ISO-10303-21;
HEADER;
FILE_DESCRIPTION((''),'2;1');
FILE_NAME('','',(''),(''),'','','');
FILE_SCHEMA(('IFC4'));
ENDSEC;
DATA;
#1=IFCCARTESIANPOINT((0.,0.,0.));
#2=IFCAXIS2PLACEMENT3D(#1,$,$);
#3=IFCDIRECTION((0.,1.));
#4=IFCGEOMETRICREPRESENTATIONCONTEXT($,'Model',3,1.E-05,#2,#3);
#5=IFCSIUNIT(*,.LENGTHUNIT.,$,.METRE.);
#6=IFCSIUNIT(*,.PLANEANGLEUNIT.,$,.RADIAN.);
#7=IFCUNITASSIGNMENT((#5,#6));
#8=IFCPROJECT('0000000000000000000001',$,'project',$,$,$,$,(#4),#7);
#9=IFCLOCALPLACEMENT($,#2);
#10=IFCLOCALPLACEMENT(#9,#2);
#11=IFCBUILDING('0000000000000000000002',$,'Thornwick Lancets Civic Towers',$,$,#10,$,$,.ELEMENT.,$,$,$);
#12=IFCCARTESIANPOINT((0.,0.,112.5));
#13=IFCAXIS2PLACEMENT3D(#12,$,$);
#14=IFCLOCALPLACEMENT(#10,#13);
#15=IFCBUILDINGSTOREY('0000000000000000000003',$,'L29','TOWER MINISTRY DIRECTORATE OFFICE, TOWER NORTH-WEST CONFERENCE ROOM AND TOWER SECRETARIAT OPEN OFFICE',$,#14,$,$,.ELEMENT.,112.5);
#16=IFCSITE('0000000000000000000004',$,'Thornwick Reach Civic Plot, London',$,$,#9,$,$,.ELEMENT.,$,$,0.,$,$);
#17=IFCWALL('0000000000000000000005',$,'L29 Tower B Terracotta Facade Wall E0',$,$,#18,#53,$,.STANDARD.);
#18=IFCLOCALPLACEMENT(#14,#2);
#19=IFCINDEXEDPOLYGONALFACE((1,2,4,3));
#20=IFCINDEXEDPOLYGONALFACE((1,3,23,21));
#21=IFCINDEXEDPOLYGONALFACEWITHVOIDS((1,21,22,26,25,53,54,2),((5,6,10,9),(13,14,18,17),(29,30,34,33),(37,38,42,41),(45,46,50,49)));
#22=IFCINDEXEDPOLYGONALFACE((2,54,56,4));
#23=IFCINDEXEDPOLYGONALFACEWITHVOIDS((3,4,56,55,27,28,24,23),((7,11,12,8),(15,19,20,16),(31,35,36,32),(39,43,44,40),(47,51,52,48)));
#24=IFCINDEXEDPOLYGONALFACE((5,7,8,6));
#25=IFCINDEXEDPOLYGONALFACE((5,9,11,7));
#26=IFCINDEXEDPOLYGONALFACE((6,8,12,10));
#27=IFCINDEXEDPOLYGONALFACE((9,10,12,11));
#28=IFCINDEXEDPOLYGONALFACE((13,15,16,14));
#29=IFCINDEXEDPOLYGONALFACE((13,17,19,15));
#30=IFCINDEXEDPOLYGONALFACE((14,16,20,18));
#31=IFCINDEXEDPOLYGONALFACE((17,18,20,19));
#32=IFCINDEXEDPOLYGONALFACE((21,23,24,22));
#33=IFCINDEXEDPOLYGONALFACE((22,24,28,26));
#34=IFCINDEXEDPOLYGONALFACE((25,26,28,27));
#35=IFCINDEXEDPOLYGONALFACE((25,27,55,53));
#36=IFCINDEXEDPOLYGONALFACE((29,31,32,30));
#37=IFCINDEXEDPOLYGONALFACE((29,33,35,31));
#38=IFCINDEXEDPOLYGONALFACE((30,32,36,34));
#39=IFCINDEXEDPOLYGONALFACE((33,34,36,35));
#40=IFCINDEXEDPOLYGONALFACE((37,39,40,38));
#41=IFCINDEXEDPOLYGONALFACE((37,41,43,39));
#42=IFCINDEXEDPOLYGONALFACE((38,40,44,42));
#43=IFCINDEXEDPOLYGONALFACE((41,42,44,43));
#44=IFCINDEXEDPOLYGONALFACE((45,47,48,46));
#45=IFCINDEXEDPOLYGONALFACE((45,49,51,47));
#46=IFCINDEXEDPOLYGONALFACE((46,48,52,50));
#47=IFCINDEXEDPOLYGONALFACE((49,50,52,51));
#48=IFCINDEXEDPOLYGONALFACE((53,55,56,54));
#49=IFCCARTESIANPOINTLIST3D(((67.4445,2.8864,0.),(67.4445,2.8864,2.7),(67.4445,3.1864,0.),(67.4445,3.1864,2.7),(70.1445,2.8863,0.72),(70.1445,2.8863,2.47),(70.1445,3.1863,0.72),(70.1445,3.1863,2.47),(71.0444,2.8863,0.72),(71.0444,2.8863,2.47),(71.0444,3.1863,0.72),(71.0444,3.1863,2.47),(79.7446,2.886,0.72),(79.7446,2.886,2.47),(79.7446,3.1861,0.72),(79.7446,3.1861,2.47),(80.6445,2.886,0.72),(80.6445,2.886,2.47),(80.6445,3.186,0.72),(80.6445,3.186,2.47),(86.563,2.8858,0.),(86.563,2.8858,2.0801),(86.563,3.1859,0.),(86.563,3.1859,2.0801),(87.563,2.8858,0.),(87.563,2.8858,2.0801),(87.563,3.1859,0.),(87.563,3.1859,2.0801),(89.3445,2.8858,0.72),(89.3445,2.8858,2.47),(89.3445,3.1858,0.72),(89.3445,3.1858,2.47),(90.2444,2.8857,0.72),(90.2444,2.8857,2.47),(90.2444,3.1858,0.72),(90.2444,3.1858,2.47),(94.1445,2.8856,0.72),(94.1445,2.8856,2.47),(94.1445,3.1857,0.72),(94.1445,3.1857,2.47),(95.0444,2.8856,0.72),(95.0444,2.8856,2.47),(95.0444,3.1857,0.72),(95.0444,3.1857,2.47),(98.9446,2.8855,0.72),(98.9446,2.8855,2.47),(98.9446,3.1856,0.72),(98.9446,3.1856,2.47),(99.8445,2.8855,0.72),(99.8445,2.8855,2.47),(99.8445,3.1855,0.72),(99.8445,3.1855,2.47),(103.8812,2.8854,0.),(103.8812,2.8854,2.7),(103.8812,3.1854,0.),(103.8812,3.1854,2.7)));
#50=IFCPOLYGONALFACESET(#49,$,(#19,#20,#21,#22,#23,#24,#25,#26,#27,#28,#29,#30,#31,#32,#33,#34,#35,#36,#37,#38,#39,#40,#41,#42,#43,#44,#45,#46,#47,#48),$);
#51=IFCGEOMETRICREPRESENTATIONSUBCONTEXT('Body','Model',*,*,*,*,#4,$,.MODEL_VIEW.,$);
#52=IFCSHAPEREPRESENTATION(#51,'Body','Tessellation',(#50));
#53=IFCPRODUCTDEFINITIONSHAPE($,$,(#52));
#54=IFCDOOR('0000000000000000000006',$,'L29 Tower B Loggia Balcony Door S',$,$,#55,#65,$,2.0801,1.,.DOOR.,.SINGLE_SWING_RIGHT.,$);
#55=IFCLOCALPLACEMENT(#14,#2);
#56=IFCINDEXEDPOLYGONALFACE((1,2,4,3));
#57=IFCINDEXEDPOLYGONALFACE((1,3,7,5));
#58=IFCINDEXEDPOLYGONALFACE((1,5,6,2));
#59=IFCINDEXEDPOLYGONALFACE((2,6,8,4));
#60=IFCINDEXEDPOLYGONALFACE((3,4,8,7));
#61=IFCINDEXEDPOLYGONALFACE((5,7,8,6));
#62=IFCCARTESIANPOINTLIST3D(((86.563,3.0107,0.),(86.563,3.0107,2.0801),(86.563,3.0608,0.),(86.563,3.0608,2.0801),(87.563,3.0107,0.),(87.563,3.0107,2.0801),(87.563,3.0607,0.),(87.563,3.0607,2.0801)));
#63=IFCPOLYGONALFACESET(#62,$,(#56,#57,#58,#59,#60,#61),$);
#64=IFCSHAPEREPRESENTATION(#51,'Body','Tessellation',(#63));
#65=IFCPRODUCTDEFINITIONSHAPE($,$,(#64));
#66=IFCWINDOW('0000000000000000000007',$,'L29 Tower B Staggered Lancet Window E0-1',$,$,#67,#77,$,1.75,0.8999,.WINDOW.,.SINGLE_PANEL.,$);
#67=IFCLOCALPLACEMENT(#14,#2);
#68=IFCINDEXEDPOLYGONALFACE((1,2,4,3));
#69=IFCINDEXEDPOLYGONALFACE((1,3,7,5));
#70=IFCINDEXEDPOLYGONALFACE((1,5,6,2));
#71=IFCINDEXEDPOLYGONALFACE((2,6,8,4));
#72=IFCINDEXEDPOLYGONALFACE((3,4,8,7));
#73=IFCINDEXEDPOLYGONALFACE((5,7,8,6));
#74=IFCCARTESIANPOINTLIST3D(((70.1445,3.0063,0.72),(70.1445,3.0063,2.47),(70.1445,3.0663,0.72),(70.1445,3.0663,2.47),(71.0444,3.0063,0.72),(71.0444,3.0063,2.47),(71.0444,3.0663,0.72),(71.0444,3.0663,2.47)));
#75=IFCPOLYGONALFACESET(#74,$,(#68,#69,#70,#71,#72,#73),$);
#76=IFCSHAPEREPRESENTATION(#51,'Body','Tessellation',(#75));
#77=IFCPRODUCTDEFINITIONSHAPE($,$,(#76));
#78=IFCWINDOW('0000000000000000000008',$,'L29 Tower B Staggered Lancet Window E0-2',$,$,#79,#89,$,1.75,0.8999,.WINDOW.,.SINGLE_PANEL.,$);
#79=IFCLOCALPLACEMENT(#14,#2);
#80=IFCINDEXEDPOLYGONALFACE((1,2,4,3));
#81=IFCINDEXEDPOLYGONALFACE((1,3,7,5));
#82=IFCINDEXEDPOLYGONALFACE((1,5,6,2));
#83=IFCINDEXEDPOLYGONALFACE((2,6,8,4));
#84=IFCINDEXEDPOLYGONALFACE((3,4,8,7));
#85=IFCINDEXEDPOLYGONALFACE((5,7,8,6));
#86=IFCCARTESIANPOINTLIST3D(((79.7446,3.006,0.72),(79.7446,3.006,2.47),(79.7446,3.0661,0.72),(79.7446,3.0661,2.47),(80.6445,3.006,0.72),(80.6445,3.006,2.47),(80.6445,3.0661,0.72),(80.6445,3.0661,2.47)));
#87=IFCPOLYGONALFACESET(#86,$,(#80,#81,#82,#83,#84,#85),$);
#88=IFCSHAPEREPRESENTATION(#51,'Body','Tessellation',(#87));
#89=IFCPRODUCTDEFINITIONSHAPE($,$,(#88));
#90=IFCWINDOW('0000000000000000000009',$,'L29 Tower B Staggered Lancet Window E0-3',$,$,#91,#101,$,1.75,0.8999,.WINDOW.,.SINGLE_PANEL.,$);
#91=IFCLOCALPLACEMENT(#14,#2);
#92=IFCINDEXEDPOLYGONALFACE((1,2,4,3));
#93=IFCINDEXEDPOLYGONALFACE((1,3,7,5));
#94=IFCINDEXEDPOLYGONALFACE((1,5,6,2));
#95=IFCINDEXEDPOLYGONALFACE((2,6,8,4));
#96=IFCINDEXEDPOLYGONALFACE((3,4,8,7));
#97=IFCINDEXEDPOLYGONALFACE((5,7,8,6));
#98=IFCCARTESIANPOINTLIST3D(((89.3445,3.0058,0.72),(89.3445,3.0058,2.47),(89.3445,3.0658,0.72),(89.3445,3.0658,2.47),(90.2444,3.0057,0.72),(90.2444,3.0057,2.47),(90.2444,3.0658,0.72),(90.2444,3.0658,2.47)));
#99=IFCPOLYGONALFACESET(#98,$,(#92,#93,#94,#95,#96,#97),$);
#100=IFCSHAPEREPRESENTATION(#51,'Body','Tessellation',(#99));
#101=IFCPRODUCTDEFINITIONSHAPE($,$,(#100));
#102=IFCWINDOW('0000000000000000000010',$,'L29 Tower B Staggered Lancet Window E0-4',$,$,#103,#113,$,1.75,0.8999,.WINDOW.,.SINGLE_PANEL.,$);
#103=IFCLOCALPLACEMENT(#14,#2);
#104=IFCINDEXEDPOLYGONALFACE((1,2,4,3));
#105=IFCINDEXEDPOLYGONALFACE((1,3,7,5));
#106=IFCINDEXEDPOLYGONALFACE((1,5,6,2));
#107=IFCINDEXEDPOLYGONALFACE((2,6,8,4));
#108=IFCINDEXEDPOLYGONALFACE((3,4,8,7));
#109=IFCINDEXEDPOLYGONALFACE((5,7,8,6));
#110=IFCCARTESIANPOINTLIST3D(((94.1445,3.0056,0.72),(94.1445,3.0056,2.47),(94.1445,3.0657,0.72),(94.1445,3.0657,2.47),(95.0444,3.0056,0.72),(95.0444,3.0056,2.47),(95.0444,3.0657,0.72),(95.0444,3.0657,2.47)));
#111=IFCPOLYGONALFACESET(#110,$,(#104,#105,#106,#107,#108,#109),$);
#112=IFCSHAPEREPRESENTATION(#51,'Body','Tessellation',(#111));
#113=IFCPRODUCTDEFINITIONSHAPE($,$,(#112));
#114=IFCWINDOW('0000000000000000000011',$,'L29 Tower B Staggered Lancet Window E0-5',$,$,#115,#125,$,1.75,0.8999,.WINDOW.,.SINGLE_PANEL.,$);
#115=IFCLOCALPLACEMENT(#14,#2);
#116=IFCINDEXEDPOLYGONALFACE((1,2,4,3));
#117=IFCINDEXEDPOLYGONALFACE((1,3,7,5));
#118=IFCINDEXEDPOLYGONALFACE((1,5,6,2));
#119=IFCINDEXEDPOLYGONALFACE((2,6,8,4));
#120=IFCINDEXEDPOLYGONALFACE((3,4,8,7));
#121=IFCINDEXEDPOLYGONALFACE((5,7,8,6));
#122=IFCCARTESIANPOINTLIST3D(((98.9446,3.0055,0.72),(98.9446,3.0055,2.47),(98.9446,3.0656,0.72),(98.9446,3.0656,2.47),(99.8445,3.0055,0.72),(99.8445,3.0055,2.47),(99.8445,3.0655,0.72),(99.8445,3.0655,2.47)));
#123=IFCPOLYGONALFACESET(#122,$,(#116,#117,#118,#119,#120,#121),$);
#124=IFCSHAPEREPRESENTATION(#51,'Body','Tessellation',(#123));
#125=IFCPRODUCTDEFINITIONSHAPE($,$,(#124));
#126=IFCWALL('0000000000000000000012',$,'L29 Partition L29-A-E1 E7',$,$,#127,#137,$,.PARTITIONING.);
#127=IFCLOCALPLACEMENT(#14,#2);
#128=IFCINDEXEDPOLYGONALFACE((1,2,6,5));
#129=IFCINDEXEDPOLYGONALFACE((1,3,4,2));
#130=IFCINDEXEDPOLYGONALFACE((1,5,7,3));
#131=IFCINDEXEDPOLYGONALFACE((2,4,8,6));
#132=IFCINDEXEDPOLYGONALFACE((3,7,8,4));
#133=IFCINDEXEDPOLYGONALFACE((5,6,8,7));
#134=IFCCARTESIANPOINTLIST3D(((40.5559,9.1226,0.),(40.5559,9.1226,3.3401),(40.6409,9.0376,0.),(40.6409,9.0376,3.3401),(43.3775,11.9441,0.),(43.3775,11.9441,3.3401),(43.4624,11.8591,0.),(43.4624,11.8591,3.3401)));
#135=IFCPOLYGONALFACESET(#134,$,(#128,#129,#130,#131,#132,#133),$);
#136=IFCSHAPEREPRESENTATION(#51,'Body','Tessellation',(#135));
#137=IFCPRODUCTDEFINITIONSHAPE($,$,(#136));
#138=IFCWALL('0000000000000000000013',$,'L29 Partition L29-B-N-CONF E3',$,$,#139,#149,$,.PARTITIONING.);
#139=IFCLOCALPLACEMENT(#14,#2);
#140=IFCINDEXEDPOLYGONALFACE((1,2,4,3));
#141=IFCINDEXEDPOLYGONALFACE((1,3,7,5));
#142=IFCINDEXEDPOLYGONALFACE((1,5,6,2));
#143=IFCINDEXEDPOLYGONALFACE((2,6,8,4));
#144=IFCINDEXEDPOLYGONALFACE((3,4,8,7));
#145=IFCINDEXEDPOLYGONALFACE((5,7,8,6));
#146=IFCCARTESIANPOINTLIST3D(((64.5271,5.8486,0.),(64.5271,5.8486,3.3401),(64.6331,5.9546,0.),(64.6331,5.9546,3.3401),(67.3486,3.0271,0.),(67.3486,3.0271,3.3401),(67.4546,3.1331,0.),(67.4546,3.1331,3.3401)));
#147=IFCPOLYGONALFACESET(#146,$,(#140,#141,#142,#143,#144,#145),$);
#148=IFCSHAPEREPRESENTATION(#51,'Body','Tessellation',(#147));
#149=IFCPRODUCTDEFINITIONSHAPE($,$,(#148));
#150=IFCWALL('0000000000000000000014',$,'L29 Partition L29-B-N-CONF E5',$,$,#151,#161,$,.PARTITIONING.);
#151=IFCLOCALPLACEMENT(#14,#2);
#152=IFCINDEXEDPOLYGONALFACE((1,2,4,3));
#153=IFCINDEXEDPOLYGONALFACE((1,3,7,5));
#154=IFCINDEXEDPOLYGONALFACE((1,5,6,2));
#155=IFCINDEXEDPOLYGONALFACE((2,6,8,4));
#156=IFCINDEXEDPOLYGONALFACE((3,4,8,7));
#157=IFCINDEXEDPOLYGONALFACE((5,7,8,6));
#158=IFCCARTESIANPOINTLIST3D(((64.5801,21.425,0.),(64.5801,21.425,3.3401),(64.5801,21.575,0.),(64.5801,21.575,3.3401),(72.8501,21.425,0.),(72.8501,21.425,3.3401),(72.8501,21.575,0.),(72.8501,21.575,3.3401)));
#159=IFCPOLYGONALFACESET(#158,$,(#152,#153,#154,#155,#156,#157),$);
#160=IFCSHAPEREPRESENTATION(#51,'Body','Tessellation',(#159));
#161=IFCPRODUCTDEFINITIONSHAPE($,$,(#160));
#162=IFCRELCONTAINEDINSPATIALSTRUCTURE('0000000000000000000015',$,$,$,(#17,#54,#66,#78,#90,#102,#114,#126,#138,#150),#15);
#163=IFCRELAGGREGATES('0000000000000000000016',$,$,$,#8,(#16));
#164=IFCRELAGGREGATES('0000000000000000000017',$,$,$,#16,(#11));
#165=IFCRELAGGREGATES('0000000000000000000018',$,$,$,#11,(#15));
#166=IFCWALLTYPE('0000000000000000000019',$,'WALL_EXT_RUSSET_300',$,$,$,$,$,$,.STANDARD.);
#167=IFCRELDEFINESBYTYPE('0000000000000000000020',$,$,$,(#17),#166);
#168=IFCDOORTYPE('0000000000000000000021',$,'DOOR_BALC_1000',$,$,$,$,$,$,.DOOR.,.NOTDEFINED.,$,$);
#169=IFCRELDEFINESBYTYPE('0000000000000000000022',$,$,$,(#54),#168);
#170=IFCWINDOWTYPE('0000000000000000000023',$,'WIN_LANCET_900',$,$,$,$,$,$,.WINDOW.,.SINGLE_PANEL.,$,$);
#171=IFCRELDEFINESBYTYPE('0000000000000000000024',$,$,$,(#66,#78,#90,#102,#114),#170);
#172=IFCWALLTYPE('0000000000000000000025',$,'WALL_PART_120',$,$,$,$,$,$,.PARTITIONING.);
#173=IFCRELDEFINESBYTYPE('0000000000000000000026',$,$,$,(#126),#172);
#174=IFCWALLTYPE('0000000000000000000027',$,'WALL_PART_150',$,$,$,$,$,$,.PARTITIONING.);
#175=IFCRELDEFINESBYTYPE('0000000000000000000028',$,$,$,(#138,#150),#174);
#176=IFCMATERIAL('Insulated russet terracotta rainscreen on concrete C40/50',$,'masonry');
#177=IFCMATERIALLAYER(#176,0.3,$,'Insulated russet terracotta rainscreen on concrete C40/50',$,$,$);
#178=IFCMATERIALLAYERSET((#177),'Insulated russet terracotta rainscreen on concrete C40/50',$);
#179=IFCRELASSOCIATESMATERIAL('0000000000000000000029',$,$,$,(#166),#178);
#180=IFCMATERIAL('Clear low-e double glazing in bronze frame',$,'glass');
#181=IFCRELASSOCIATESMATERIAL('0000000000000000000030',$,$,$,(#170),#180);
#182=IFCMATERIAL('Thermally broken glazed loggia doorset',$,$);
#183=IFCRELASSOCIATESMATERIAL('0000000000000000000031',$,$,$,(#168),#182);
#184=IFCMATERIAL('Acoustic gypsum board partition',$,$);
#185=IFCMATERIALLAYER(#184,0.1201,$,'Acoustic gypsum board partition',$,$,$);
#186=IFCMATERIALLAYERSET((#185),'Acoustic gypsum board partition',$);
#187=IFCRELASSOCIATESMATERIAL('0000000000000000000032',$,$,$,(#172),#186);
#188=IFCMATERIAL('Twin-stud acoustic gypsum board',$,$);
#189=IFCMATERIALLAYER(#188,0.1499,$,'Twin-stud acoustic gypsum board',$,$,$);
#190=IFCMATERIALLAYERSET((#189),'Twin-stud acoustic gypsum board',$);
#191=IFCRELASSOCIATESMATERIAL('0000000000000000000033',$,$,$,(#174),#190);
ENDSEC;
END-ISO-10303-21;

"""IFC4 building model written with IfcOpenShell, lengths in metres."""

from ifc_helpers import new_model, si_unit, direction, frame, frame_2d, origin, place, context, subcontext, project, spatial, rectangle, extrude, material, layer, layer_set, type_object, element, fill, save


model = new_model("IFC4")

# Units and contexts
model_context = context("Model", 3, precision=1e-05, world=origin(), true_north=direction((0.0, 1.0)))
body_context = subcontext(model_context, "Body", "Model", "MODEL_VIEW")
ifc_project = project(units=[si_unit("LENGTHUNIT", "METRE"), si_unit("PLANEANGLEUNIT", "RADIAN")], contexts=[model_context])

# Site, building, storey
site_placement = place(None, origin())
site = spatial("IfcSite", under=ifc_project, at=site_placement, Name="Thornwick Reach Civic Plot, London", CompositionType="ELEMENT", RefElevation=0.0)
building_placement = place(site_placement, origin())
building = spatial("IfcBuilding", under=site, at=building_placement, Name="Thornwick Lancets Civic Towers", CompositionType="ELEMENT")
storey_placement = place(building_placement, frame((0.0, 0.0, 112.5)))
storey = spatial("IfcBuildingStorey", under=building, at=storey_placement, Name="L29", Description="TOWER MINISTRY DIRECTORATE OFFICE, TOWER NORTH-WEST CONFERENCE ROOM AND TOWER SECRETARIAT OPEN OFFICE", CompositionType="ELEMENT", Elevation=112.5)

# Shared definitions
ifc_material_1 = material(Name="Insulated russet terracotta rainscreen on concrete C40/50", Category="masonry")
ifc_layer_1 = layer(ifc_material_1, 0.3, Name="Insulated russet terracotta rainscreen on concrete C40/50")
ifc_layer_set_1 = layer_set([ifc_layer_1], Name="Insulated russet terracotta rainscreen on concrete C40/50")
wall_type_1 = type_object("IfcWallType", Name="WALL_EXT_RUSSET_300", PredefinedType="STANDARD", material=ifc_layer_set_1)
ifc_material_2 = material(Name="Clear low-e double glazing in bronze frame", Category="glass")
window_type = type_object("IfcWindowType", Name="WIN_LANCET_900", PartitioningType="SINGLE_PANEL", PredefinedType="WINDOW", material=ifc_material_2)

# Wall, openings, door, windows
wall_1_placement = place(storey_placement, frame((67.4446, 3.0364, 0.0), z_axis=(0.0, 0.0, 1.0), x_axis=(1.0, -0.000027, 0.0)))
wall_1 = element("IfcWall", 1, at=wall_1_placement, inside=storey, type_object=wall_type_1, Name="L29 Tower B Terracotta Facade Wall E0", PredefinedType="STANDARD", context=body_context, shape_type="SweptSolid", body=[
    extrude(rectangle(XDim=36.4368, YDim=0.3, at=frame_2d((18.2183, 0.0))), origin(), (0.0, 0.0, 1.0), 2.7),
])
opening_1_placement = place(wall_1_placement, frame((19.1184, 0.0, 0.0)))
opening_1 = element("IfcOpeningElement", 2, at=opening_1_placement, cuts=wall_1, PredefinedType="OPENING", context=body_context, shape_type="SweptSolid", body=[
    extrude(rectangle(XDim=1.0, YDim=2.0801, at=frame_2d((0.5, 1.04))), frame((0.0, 0.1602, 0.0), z_axis=(0.0, -1.0, 0.0), x_axis=(1.0, 0.0, 0.0)), (0.0, 0.0, 1.0), 0.3201),
])
opening_2_placement = place(wall_1_placement, frame((2.7, 0.0, 0.72)))
opening_2 = element("IfcOpeningElement", 3, at=opening_2_placement, cuts=wall_1, PredefinedType="OPENING", context=body_context, shape_type="SweptSolid", body=[
    extrude(rectangle(XDim=0.8999, YDim=1.75, at=frame_2d((0.45, 0.875))), frame((0.0, 0.1602, 0.0), z_axis=(0.0, -1.0, 0.0), x_axis=(1.0, 0.0, 0.0)), (0.0, 0.0, 1.0), 0.3201),
])
opening_3_placement = place(wall_1_placement, frame((12.3, 0.0, 0.72)))
opening_3 = element("IfcOpeningElement", 4, at=opening_3_placement, cuts=wall_1, PredefinedType="OPENING", context=body_context, shape_type="SweptSolid", body=[
    extrude(rectangle(XDim=0.8999, YDim=1.75, at=frame_2d((0.45, 0.875))), frame((0.0, 0.1602, 0.0), z_axis=(0.0, -1.0, 0.0), x_axis=(1.0, 0.0, 0.0)), (0.0, 0.0, 1.0), 0.3201),
])
opening_4_placement = place(wall_1_placement, frame((21.8999, 0.0, 0.72)))
opening_4 = element("IfcOpeningElement", 5, at=opening_4_placement, cuts=wall_1, PredefinedType="OPENING", context=body_context, shape_type="SweptSolid", body=[
    extrude(rectangle(XDim=0.8999, YDim=1.75, at=frame_2d((0.45, 0.875))), frame((0.0, 0.1602, 0.0), z_axis=(0.0, -1.0, 0.0), x_axis=(1.0, 0.0, 0.0)), (0.0, 0.0, 1.0), 0.3201),
])
opening_5_placement = place(wall_1_placement, frame((26.7, 0.0, 0.72)))
opening_5 = element("IfcOpeningElement", 6, at=opening_5_placement, cuts=wall_1, PredefinedType="OPENING", context=body_context, shape_type="SweptSolid", body=[
    extrude(rectangle(XDim=0.8999, YDim=1.75, at=frame_2d((0.45, 0.875))), frame((0.0, 0.1602, 0.0), z_axis=(0.0, -1.0, 0.0), x_axis=(1.0, 0.0, 0.0)), (0.0, 0.0, 1.0), 0.3201),
])
opening_6_placement = place(wall_1_placement, frame((31.5, 0.0, 0.72)))
opening_6 = element("IfcOpeningElement", 7, at=opening_6_placement, cuts=wall_1, PredefinedType="OPENING", context=body_context, shape_type="SweptSolid", body=[
    extrude(rectangle(XDim=0.8999, YDim=1.75, at=frame_2d((0.45, 0.875))), frame((0.0, 0.1602, 0.0), z_axis=(0.0, -1.0, 0.0), x_axis=(1.0, 0.0, 0.0)), (0.0, 0.0, 1.0), 0.3201),
])
ifc_material_3 = material(Name="Thermally broken glazed loggia doorset")
door_type = type_object("IfcDoorType", Name="DOOR_BALC_1000", OperationType="NOTDEFINED", PredefinedType="DOOR", material=ifc_material_3)
door_placement = place(opening_1_placement, origin())
door = element("IfcDoor", 8, at=door_placement, inside=storey, type_object=door_type, Name="L29 Tower B Loggia Balcony Door S", OperationType="SINGLE_SWING_RIGHT", OverallHeight=2.0801, OverallWidth=1.0, PredefinedType="DOOR", context=body_context, shape_type="SweptSolid", body=[
    extrude(rectangle(XDim=1.0, YDim=2.0801, at=frame_2d((0.5, 1.04))), frame((0.0, 0.0249, 0.0), z_axis=(0.0, -1.0, 0.0), x_axis=(1.0, 0.0, 0.0)), (0.0, 0.0, 1.0), 0.05),
])
fill(opening_1, door)
window_1_placement = place(opening_2_placement, origin())
window_1 = element("IfcWindow", 9, at=window_1_placement, inside=storey, type_object=window_type, Name="L29 Tower B Staggered Lancet Window E0-1", OverallHeight=1.75, OverallWidth=0.8999, PartitioningType="SINGLE_PANEL", PredefinedType="WINDOW", context=body_context, shape_type="SweptSolid", body=[
    extrude(rectangle(XDim=0.8999, YDim=1.75, at=frame_2d((0.45, 0.875))), frame((0.0, 0.03, 0.0), z_axis=(0.0, -1.0, 0.0), x_axis=(1.0, 0.0, 0.0)), (0.0, 0.0, 1.0), 0.0601),
])
fill(opening_2, window_1)
window_2_placement = place(opening_3_placement, origin())
window_2 = element("IfcWindow", 10, at=window_2_placement, inside=storey, type_object=window_type, Name="L29 Tower B Staggered Lancet Window E0-2", OverallHeight=1.75, OverallWidth=0.8999, PartitioningType="SINGLE_PANEL", PredefinedType="WINDOW", context=body_context, shape_type="SweptSolid", body=[
    extrude(rectangle(XDim=0.8999, YDim=1.75, at=frame_2d((0.45, 0.875))), frame((0.0, 0.03, 0.0), z_axis=(0.0, -1.0, 0.0), x_axis=(1.0, 0.0, 0.0)), (0.0, 0.0, 1.0), 0.0601),
])
fill(opening_3, window_2)
window_3_placement = place(opening_4_placement, origin())
window_3 = element("IfcWindow", 11, at=window_3_placement, inside=storey, type_object=window_type, Name="L29 Tower B Staggered Lancet Window E0-3", OverallHeight=1.75, OverallWidth=0.8999, PartitioningType="SINGLE_PANEL", PredefinedType="WINDOW", context=body_context, shape_type="SweptSolid", body=[
    extrude(rectangle(XDim=0.8999, YDim=1.75, at=frame_2d((0.45, 0.875))), frame((0.0, 0.03, 0.0), z_axis=(0.0, -1.0, 0.0), x_axis=(1.0, 0.0, 0.0)), (0.0, 0.0, 1.0), 0.0601),
])
fill(opening_4, window_3)
window_4_placement = place(opening_5_placement, origin())
window_4 = element("IfcWindow", 12, at=window_4_placement, inside=storey, type_object=window_type, Name="L29 Tower B Staggered Lancet Window E0-4", OverallHeight=1.75, OverallWidth=0.8999, PartitioningType="SINGLE_PANEL", PredefinedType="WINDOW", context=body_context, shape_type="SweptSolid", body=[
    extrude(rectangle(XDim=0.8999, YDim=1.75, at=frame_2d((0.45, 0.875))), frame((0.0, 0.03, 0.0), z_axis=(0.0, -1.0, 0.0), x_axis=(1.0, 0.0, 0.0)), (0.0, 0.0, 1.0), 0.0601),
])
fill(opening_5, window_4)
window_5_placement = place(opening_6_placement, origin())
window_5 = element("IfcWindow", 13, at=window_5_placement, inside=storey, type_object=window_type, Name="L29 Tower B Staggered Lancet Window E0-5", OverallHeight=1.75, OverallWidth=0.8999, PartitioningType="SINGLE_PANEL", PredefinedType="WINDOW", context=body_context, shape_type="SweptSolid", body=[
    extrude(rectangle(XDim=0.8999, YDim=1.75, at=frame_2d((0.45, 0.875))), frame((0.0, 0.03, 0.0), z_axis=(0.0, -1.0, 0.0), x_axis=(1.0, 0.0, 0.0)), (0.0, 0.0, 1.0), 0.0601),
])
fill(opening_6, window_5)

# Walls
ifc_material_4 = material(Name="Acoustic gypsum board partition")
ifc_layer_2 = layer(ifc_material_4, 0.1201, Name="Acoustic gypsum board partition")
ifc_layer_set_2 = layer_set([ifc_layer_2], Name="Acoustic gypsum board partition")
wall_type_2 = type_object("IfcWallType", Name="WALL_PART_120", PredefinedType="PARTITIONING", material=ifc_layer_set_2)
wall_2_placement = place(storey_placement, frame((43.4199, 11.9016, 0.0), z_axis=(0.0, 0.0, 1.0), x_axis=(-0.707107, -0.707107, 0.0)))
element("IfcWall", 14, at=wall_2_placement, inside=storey, type_object=wall_type_2, Name="L29 Partition L29-A-E1 E7", PredefinedType="PARTITIONING", context=body_context, shape_type="SweptSolid", body=[
    extrude(rectangle(XDim=3.9902, YDim=0.1201, at=frame_2d((1.9951, 0.0))), origin(), (0.0, 0.0, 1.0), 3.3401),
])
ifc_material_5 = material(Name="Twin-stud acoustic gypsum board")
ifc_layer_3 = layer(ifc_material_5, 0.1499, Name="Twin-stud acoustic gypsum board")
ifc_layer_set_3 = layer_set([ifc_layer_3], Name="Twin-stud acoustic gypsum board")
wall_type_3 = type_object("IfcWallType", Name="WALL_PART_150", PredefinedType="PARTITIONING", material=ifc_layer_set_3)
wall_3_placement = place(storey_placement, frame((67.4016, 3.0801, 0.0), z_axis=(0.0, 0.0, 1.0), x_axis=(-0.707107, 0.707107, 0.0)))
element("IfcWall", 15, at=wall_3_placement, inside=storey, type_object=wall_type_3, Name="L29 Partition L29-B-N-CONF E3", PredefinedType="PARTITIONING", context=body_context, shape_type="SweptSolid", body=[
    extrude(rectangle(XDim=3.9902, YDim=0.1499, at=frame_2d((1.9951, 0.0))), origin(), (0.0, 0.0, 1.0), 3.3401),
])
wall_4_placement = place(storey_placement, frame((64.5801, 21.5, 0.0), z_axis=(0.0, 0.0, 1.0), x_axis=(1.0, 0.0, 0.0)))
element("IfcWall", 16, at=wall_4_placement, inside=storey, type_object=wall_type_3, Name="L29 Partition L29-B-N-CONF E5", PredefinedType="PARTITIONING", context=body_context, shape_type="SweptSolid", body=[
    extrude(rectangle(XDim=8.27, YDim=0.1499, at=frame_2d((4.135, 0.0))), origin(), (0.0, 0.0, 1.0), 3.3401),
])

save(model, "model.ifc")
